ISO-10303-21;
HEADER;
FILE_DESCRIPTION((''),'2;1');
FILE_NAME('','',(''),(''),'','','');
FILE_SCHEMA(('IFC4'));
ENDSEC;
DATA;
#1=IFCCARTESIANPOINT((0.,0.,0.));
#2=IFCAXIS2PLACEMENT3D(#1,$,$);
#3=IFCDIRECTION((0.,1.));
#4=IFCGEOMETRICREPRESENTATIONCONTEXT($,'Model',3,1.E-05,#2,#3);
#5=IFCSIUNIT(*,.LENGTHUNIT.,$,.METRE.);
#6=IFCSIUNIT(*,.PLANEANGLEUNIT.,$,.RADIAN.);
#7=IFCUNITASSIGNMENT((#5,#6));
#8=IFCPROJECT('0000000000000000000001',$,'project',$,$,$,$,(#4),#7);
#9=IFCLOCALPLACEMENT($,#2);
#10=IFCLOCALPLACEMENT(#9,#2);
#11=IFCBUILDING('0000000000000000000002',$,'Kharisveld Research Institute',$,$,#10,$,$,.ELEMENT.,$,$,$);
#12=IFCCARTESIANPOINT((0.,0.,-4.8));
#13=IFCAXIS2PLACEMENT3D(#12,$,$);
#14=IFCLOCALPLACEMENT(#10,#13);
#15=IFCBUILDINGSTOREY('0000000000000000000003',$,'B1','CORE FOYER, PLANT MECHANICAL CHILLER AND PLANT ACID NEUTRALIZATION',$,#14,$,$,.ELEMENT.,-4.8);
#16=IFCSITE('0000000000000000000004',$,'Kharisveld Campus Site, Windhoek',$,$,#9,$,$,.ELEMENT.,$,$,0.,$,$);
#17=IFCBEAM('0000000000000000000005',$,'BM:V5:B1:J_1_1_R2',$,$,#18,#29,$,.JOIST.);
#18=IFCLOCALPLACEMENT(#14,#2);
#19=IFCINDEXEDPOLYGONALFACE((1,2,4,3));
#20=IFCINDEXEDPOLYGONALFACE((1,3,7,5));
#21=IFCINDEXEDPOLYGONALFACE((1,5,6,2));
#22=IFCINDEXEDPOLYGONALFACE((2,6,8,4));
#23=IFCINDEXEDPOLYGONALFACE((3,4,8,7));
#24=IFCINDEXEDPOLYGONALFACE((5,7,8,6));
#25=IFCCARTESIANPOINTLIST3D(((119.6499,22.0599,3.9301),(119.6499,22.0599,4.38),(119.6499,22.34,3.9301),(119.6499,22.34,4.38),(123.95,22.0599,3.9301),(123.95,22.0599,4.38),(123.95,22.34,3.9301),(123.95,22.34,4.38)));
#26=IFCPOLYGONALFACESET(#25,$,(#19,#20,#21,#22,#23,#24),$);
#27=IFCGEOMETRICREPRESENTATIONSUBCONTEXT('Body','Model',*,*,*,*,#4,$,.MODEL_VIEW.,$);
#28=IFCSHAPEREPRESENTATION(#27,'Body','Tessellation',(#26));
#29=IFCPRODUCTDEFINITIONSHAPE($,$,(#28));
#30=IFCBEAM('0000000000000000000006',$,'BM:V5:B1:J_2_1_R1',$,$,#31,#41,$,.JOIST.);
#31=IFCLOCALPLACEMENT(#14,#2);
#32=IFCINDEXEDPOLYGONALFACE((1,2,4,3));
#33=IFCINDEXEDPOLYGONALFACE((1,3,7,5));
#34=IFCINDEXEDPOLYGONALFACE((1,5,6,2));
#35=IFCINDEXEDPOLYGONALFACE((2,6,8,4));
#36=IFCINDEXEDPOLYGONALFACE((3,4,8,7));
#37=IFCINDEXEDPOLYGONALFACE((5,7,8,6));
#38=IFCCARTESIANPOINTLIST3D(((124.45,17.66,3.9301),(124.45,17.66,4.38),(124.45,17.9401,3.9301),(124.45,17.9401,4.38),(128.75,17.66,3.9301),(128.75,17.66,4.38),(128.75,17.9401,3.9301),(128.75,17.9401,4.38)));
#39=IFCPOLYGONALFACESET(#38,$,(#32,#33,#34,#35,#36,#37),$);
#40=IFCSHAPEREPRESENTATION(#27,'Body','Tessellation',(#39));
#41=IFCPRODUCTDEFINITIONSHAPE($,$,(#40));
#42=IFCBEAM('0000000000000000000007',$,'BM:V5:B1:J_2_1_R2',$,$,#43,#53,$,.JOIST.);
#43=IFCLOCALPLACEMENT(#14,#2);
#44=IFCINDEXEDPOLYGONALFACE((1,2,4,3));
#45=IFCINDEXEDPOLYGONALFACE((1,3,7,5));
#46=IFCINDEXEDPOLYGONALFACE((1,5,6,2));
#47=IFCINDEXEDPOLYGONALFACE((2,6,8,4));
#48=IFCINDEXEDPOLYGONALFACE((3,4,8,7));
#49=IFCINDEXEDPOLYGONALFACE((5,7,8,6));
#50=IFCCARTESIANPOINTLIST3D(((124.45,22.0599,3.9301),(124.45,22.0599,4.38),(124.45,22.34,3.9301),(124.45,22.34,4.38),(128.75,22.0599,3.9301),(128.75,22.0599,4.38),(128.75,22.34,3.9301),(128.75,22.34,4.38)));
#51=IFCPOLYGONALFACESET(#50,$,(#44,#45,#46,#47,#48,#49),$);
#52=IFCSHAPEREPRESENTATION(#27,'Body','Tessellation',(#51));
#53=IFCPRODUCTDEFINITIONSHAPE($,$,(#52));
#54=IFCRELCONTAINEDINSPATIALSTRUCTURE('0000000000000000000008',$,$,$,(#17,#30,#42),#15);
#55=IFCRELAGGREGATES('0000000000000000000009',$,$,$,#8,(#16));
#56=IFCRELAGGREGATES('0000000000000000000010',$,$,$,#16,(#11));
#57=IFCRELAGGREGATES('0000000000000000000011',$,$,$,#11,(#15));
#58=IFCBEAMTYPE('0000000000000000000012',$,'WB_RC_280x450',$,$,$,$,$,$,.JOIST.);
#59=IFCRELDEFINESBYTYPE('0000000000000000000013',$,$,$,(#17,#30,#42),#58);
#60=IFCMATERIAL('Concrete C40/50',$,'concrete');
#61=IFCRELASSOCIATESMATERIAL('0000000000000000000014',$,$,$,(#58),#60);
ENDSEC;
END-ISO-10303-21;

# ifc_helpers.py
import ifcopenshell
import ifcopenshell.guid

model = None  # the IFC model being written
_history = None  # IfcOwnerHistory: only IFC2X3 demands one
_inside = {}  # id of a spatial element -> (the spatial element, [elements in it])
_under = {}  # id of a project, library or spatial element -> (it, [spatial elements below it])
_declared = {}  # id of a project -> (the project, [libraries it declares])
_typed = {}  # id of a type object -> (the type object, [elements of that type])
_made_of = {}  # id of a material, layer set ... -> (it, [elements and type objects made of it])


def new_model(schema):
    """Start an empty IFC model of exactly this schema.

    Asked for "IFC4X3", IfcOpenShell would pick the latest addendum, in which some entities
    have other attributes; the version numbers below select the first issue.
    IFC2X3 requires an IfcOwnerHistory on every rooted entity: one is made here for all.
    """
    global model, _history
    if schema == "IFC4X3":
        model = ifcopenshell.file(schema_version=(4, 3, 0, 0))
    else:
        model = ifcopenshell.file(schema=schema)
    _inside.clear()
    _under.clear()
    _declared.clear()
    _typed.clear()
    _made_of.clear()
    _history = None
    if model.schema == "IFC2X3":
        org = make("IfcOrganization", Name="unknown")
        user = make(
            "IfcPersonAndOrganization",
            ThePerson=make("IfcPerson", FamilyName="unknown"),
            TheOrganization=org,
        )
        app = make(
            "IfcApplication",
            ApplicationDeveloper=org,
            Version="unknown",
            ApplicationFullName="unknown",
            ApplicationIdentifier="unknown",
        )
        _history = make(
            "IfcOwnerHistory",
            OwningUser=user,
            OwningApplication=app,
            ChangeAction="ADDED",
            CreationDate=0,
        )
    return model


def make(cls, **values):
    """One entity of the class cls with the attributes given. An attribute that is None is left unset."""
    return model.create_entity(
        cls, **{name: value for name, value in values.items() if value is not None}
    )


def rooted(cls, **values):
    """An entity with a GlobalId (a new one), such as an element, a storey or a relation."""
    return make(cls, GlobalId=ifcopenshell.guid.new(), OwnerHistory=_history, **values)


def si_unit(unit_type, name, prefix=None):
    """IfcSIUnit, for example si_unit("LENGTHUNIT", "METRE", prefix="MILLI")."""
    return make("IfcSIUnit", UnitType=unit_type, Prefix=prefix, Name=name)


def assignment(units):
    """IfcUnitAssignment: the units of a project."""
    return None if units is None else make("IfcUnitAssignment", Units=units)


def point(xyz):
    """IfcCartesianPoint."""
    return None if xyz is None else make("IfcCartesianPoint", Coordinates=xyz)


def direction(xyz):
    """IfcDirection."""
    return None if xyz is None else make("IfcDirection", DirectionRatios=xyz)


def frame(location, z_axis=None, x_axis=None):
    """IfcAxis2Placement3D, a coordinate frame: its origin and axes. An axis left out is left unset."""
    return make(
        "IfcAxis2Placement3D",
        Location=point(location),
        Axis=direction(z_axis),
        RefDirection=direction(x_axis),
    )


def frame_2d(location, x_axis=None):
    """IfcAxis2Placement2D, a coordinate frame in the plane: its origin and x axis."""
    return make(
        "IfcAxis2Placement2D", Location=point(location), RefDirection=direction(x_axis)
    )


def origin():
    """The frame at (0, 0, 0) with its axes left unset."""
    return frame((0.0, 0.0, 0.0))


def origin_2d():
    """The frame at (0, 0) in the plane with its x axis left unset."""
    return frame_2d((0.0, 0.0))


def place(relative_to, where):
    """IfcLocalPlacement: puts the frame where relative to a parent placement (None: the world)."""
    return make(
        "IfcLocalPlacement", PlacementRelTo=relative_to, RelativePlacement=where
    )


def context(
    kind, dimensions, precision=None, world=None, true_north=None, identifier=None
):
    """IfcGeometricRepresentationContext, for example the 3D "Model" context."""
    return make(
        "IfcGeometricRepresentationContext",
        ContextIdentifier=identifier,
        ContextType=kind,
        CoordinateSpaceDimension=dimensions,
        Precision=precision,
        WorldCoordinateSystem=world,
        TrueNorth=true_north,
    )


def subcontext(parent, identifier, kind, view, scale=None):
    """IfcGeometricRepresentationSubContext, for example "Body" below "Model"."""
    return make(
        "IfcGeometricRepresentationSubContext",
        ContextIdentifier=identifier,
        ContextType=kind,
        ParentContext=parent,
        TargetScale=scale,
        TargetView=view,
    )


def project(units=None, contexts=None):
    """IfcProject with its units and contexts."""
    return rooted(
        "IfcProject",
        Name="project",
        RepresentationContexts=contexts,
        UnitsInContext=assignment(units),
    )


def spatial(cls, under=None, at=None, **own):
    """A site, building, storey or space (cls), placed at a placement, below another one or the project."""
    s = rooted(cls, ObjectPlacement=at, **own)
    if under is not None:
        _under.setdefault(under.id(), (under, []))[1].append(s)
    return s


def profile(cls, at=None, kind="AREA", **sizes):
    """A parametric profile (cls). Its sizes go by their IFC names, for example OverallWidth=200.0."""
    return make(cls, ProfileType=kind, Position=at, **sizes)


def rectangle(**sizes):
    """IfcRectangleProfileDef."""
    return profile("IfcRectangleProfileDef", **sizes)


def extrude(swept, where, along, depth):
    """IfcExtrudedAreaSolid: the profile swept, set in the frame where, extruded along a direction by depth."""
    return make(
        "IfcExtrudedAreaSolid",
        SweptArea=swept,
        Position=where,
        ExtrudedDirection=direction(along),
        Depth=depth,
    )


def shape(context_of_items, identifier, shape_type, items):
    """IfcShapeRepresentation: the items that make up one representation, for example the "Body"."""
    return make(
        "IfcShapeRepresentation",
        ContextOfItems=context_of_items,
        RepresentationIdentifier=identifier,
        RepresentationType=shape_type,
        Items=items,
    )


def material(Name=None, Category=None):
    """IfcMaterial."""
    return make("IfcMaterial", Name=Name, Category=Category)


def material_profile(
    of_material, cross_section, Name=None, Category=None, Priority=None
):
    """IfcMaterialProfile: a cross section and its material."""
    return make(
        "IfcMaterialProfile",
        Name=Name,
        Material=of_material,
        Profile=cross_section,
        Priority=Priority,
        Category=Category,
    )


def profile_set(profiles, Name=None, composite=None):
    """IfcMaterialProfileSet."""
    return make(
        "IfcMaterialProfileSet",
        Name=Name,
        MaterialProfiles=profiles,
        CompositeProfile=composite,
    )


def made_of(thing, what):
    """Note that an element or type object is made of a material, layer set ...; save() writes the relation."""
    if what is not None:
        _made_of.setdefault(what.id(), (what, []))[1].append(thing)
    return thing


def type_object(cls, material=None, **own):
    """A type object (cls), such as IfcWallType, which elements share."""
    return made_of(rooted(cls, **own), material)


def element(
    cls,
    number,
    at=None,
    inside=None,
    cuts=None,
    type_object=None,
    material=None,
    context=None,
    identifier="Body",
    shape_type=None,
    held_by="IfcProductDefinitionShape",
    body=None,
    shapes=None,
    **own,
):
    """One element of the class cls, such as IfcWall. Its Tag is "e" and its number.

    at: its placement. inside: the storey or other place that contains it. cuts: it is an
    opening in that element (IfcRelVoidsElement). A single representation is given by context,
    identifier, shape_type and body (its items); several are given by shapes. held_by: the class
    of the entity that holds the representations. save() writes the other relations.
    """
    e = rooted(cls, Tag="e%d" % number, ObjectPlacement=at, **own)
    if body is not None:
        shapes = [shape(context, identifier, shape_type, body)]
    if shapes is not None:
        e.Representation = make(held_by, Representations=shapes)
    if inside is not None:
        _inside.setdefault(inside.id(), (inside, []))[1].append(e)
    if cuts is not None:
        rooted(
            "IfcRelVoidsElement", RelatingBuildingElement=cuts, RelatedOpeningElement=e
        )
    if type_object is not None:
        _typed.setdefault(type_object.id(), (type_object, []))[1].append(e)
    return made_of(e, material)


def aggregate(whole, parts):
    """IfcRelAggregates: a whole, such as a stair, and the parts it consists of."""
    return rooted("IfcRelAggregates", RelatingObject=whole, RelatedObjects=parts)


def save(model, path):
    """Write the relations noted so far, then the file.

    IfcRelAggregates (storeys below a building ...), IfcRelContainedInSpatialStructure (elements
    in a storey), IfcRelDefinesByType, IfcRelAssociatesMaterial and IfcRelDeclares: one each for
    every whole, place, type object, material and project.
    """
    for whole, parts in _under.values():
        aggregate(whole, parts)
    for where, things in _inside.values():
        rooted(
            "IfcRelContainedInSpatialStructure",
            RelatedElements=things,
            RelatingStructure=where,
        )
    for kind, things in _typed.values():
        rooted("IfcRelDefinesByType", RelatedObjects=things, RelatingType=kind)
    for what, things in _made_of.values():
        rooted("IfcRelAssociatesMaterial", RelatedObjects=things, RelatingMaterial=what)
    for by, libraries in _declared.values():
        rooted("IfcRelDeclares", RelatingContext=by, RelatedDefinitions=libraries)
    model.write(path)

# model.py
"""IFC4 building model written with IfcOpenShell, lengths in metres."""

from ifc_helpers import new_model, si_unit, direction, frame, origin, origin_2d, place, context, subcontext, project, spatial, rectangle, extrude, material, material_profile, profile_set, type_object, element, save


model = new_model("IFC4")

# Units and contexts
model_context = context("Model", 3, precision=1e-05, world=origin(), true_north=direction((0.0, 1.0)))
body_context = subcontext(model_context, "Body", "Model", "MODEL_VIEW")
ifc_project = project(units=[si_unit("LENGTHUNIT", "METRE"), si_unit("PLANEANGLEUNIT", "RADIAN")], contexts=[model_context])

# Site, building, storey
site_placement = place(None, origin())
site = spatial("IfcSite", under=ifc_project, at=site_placement, Name="Kharisveld Campus Site, Windhoek", CompositionType="ELEMENT", RefElevation=0.0)
building_placement = place(site_placement, origin())
building = spatial("IfcBuilding", under=site, at=building_placement, Name="Kharisveld Research Institute", CompositionType="ELEMENT")
storey_placement = place(building_placement, frame((0.0, 0.0, -4.8)))
storey = spatial("IfcBuildingStorey", under=building, at=storey_placement, Name="B1", Description="CORE FOYER, PLANT MECHANICAL CHILLER AND PLANT ACID NEUTRALIZATION", CompositionType="ELEMENT", Elevation=-4.8)

# Beams
ifc_material_1 = material(Name="Concrete C40/50", Category="concrete")
ifc_material_profile_1 = material_profile(ifc_material_1, rectangle(XDim=0.28, YDim=0.45, at=origin_2d()))
ifc_profile_set_1 = profile_set([ifc_material_profile_1], Name="Concrete C40/50")
beam_type_1 = type_object("IfcBeamType", Name="WB_RC_280x450", PredefinedType="JOIST", material=ifc_profile_set_1)
for number, where, z_axis, x_axis, name in (
    (1, (119.6499, 22.2, 4.155), (1.0, 0.0, 0.0), (0.0, 1.0, 0.0), "BM:V5:B1:J_1_1_R2"),
    (2, (124.45, 17.8, 4.155), (1.0, 0.0, 0.0), (0.0, 1.0, 0.0), "BM:V5:B1:J_2_1_R1"),
    (3, (124.45, 22.2, 4.155), (1.0, 0.0, 0.0), (0.0, 1.0, 0.0), "BM:V5:B1:J_2_1_R2"),
):
    element("IfcBeam", number, at=place(storey_placement, frame(where, z_axis=z_axis, x_axis=x_axis)), inside=storey, type_object=beam_type_1, Name=name, PredefinedType="JOIST", context=body_context, shape_type="SweptSolid", body=[
        extrude(rectangle(XDim=0.28, YDim=0.45, at=origin_2d()), origin(), (0.0, 0.0, 1.0), 4.3),
    ])

save(model, "model.ifc")
